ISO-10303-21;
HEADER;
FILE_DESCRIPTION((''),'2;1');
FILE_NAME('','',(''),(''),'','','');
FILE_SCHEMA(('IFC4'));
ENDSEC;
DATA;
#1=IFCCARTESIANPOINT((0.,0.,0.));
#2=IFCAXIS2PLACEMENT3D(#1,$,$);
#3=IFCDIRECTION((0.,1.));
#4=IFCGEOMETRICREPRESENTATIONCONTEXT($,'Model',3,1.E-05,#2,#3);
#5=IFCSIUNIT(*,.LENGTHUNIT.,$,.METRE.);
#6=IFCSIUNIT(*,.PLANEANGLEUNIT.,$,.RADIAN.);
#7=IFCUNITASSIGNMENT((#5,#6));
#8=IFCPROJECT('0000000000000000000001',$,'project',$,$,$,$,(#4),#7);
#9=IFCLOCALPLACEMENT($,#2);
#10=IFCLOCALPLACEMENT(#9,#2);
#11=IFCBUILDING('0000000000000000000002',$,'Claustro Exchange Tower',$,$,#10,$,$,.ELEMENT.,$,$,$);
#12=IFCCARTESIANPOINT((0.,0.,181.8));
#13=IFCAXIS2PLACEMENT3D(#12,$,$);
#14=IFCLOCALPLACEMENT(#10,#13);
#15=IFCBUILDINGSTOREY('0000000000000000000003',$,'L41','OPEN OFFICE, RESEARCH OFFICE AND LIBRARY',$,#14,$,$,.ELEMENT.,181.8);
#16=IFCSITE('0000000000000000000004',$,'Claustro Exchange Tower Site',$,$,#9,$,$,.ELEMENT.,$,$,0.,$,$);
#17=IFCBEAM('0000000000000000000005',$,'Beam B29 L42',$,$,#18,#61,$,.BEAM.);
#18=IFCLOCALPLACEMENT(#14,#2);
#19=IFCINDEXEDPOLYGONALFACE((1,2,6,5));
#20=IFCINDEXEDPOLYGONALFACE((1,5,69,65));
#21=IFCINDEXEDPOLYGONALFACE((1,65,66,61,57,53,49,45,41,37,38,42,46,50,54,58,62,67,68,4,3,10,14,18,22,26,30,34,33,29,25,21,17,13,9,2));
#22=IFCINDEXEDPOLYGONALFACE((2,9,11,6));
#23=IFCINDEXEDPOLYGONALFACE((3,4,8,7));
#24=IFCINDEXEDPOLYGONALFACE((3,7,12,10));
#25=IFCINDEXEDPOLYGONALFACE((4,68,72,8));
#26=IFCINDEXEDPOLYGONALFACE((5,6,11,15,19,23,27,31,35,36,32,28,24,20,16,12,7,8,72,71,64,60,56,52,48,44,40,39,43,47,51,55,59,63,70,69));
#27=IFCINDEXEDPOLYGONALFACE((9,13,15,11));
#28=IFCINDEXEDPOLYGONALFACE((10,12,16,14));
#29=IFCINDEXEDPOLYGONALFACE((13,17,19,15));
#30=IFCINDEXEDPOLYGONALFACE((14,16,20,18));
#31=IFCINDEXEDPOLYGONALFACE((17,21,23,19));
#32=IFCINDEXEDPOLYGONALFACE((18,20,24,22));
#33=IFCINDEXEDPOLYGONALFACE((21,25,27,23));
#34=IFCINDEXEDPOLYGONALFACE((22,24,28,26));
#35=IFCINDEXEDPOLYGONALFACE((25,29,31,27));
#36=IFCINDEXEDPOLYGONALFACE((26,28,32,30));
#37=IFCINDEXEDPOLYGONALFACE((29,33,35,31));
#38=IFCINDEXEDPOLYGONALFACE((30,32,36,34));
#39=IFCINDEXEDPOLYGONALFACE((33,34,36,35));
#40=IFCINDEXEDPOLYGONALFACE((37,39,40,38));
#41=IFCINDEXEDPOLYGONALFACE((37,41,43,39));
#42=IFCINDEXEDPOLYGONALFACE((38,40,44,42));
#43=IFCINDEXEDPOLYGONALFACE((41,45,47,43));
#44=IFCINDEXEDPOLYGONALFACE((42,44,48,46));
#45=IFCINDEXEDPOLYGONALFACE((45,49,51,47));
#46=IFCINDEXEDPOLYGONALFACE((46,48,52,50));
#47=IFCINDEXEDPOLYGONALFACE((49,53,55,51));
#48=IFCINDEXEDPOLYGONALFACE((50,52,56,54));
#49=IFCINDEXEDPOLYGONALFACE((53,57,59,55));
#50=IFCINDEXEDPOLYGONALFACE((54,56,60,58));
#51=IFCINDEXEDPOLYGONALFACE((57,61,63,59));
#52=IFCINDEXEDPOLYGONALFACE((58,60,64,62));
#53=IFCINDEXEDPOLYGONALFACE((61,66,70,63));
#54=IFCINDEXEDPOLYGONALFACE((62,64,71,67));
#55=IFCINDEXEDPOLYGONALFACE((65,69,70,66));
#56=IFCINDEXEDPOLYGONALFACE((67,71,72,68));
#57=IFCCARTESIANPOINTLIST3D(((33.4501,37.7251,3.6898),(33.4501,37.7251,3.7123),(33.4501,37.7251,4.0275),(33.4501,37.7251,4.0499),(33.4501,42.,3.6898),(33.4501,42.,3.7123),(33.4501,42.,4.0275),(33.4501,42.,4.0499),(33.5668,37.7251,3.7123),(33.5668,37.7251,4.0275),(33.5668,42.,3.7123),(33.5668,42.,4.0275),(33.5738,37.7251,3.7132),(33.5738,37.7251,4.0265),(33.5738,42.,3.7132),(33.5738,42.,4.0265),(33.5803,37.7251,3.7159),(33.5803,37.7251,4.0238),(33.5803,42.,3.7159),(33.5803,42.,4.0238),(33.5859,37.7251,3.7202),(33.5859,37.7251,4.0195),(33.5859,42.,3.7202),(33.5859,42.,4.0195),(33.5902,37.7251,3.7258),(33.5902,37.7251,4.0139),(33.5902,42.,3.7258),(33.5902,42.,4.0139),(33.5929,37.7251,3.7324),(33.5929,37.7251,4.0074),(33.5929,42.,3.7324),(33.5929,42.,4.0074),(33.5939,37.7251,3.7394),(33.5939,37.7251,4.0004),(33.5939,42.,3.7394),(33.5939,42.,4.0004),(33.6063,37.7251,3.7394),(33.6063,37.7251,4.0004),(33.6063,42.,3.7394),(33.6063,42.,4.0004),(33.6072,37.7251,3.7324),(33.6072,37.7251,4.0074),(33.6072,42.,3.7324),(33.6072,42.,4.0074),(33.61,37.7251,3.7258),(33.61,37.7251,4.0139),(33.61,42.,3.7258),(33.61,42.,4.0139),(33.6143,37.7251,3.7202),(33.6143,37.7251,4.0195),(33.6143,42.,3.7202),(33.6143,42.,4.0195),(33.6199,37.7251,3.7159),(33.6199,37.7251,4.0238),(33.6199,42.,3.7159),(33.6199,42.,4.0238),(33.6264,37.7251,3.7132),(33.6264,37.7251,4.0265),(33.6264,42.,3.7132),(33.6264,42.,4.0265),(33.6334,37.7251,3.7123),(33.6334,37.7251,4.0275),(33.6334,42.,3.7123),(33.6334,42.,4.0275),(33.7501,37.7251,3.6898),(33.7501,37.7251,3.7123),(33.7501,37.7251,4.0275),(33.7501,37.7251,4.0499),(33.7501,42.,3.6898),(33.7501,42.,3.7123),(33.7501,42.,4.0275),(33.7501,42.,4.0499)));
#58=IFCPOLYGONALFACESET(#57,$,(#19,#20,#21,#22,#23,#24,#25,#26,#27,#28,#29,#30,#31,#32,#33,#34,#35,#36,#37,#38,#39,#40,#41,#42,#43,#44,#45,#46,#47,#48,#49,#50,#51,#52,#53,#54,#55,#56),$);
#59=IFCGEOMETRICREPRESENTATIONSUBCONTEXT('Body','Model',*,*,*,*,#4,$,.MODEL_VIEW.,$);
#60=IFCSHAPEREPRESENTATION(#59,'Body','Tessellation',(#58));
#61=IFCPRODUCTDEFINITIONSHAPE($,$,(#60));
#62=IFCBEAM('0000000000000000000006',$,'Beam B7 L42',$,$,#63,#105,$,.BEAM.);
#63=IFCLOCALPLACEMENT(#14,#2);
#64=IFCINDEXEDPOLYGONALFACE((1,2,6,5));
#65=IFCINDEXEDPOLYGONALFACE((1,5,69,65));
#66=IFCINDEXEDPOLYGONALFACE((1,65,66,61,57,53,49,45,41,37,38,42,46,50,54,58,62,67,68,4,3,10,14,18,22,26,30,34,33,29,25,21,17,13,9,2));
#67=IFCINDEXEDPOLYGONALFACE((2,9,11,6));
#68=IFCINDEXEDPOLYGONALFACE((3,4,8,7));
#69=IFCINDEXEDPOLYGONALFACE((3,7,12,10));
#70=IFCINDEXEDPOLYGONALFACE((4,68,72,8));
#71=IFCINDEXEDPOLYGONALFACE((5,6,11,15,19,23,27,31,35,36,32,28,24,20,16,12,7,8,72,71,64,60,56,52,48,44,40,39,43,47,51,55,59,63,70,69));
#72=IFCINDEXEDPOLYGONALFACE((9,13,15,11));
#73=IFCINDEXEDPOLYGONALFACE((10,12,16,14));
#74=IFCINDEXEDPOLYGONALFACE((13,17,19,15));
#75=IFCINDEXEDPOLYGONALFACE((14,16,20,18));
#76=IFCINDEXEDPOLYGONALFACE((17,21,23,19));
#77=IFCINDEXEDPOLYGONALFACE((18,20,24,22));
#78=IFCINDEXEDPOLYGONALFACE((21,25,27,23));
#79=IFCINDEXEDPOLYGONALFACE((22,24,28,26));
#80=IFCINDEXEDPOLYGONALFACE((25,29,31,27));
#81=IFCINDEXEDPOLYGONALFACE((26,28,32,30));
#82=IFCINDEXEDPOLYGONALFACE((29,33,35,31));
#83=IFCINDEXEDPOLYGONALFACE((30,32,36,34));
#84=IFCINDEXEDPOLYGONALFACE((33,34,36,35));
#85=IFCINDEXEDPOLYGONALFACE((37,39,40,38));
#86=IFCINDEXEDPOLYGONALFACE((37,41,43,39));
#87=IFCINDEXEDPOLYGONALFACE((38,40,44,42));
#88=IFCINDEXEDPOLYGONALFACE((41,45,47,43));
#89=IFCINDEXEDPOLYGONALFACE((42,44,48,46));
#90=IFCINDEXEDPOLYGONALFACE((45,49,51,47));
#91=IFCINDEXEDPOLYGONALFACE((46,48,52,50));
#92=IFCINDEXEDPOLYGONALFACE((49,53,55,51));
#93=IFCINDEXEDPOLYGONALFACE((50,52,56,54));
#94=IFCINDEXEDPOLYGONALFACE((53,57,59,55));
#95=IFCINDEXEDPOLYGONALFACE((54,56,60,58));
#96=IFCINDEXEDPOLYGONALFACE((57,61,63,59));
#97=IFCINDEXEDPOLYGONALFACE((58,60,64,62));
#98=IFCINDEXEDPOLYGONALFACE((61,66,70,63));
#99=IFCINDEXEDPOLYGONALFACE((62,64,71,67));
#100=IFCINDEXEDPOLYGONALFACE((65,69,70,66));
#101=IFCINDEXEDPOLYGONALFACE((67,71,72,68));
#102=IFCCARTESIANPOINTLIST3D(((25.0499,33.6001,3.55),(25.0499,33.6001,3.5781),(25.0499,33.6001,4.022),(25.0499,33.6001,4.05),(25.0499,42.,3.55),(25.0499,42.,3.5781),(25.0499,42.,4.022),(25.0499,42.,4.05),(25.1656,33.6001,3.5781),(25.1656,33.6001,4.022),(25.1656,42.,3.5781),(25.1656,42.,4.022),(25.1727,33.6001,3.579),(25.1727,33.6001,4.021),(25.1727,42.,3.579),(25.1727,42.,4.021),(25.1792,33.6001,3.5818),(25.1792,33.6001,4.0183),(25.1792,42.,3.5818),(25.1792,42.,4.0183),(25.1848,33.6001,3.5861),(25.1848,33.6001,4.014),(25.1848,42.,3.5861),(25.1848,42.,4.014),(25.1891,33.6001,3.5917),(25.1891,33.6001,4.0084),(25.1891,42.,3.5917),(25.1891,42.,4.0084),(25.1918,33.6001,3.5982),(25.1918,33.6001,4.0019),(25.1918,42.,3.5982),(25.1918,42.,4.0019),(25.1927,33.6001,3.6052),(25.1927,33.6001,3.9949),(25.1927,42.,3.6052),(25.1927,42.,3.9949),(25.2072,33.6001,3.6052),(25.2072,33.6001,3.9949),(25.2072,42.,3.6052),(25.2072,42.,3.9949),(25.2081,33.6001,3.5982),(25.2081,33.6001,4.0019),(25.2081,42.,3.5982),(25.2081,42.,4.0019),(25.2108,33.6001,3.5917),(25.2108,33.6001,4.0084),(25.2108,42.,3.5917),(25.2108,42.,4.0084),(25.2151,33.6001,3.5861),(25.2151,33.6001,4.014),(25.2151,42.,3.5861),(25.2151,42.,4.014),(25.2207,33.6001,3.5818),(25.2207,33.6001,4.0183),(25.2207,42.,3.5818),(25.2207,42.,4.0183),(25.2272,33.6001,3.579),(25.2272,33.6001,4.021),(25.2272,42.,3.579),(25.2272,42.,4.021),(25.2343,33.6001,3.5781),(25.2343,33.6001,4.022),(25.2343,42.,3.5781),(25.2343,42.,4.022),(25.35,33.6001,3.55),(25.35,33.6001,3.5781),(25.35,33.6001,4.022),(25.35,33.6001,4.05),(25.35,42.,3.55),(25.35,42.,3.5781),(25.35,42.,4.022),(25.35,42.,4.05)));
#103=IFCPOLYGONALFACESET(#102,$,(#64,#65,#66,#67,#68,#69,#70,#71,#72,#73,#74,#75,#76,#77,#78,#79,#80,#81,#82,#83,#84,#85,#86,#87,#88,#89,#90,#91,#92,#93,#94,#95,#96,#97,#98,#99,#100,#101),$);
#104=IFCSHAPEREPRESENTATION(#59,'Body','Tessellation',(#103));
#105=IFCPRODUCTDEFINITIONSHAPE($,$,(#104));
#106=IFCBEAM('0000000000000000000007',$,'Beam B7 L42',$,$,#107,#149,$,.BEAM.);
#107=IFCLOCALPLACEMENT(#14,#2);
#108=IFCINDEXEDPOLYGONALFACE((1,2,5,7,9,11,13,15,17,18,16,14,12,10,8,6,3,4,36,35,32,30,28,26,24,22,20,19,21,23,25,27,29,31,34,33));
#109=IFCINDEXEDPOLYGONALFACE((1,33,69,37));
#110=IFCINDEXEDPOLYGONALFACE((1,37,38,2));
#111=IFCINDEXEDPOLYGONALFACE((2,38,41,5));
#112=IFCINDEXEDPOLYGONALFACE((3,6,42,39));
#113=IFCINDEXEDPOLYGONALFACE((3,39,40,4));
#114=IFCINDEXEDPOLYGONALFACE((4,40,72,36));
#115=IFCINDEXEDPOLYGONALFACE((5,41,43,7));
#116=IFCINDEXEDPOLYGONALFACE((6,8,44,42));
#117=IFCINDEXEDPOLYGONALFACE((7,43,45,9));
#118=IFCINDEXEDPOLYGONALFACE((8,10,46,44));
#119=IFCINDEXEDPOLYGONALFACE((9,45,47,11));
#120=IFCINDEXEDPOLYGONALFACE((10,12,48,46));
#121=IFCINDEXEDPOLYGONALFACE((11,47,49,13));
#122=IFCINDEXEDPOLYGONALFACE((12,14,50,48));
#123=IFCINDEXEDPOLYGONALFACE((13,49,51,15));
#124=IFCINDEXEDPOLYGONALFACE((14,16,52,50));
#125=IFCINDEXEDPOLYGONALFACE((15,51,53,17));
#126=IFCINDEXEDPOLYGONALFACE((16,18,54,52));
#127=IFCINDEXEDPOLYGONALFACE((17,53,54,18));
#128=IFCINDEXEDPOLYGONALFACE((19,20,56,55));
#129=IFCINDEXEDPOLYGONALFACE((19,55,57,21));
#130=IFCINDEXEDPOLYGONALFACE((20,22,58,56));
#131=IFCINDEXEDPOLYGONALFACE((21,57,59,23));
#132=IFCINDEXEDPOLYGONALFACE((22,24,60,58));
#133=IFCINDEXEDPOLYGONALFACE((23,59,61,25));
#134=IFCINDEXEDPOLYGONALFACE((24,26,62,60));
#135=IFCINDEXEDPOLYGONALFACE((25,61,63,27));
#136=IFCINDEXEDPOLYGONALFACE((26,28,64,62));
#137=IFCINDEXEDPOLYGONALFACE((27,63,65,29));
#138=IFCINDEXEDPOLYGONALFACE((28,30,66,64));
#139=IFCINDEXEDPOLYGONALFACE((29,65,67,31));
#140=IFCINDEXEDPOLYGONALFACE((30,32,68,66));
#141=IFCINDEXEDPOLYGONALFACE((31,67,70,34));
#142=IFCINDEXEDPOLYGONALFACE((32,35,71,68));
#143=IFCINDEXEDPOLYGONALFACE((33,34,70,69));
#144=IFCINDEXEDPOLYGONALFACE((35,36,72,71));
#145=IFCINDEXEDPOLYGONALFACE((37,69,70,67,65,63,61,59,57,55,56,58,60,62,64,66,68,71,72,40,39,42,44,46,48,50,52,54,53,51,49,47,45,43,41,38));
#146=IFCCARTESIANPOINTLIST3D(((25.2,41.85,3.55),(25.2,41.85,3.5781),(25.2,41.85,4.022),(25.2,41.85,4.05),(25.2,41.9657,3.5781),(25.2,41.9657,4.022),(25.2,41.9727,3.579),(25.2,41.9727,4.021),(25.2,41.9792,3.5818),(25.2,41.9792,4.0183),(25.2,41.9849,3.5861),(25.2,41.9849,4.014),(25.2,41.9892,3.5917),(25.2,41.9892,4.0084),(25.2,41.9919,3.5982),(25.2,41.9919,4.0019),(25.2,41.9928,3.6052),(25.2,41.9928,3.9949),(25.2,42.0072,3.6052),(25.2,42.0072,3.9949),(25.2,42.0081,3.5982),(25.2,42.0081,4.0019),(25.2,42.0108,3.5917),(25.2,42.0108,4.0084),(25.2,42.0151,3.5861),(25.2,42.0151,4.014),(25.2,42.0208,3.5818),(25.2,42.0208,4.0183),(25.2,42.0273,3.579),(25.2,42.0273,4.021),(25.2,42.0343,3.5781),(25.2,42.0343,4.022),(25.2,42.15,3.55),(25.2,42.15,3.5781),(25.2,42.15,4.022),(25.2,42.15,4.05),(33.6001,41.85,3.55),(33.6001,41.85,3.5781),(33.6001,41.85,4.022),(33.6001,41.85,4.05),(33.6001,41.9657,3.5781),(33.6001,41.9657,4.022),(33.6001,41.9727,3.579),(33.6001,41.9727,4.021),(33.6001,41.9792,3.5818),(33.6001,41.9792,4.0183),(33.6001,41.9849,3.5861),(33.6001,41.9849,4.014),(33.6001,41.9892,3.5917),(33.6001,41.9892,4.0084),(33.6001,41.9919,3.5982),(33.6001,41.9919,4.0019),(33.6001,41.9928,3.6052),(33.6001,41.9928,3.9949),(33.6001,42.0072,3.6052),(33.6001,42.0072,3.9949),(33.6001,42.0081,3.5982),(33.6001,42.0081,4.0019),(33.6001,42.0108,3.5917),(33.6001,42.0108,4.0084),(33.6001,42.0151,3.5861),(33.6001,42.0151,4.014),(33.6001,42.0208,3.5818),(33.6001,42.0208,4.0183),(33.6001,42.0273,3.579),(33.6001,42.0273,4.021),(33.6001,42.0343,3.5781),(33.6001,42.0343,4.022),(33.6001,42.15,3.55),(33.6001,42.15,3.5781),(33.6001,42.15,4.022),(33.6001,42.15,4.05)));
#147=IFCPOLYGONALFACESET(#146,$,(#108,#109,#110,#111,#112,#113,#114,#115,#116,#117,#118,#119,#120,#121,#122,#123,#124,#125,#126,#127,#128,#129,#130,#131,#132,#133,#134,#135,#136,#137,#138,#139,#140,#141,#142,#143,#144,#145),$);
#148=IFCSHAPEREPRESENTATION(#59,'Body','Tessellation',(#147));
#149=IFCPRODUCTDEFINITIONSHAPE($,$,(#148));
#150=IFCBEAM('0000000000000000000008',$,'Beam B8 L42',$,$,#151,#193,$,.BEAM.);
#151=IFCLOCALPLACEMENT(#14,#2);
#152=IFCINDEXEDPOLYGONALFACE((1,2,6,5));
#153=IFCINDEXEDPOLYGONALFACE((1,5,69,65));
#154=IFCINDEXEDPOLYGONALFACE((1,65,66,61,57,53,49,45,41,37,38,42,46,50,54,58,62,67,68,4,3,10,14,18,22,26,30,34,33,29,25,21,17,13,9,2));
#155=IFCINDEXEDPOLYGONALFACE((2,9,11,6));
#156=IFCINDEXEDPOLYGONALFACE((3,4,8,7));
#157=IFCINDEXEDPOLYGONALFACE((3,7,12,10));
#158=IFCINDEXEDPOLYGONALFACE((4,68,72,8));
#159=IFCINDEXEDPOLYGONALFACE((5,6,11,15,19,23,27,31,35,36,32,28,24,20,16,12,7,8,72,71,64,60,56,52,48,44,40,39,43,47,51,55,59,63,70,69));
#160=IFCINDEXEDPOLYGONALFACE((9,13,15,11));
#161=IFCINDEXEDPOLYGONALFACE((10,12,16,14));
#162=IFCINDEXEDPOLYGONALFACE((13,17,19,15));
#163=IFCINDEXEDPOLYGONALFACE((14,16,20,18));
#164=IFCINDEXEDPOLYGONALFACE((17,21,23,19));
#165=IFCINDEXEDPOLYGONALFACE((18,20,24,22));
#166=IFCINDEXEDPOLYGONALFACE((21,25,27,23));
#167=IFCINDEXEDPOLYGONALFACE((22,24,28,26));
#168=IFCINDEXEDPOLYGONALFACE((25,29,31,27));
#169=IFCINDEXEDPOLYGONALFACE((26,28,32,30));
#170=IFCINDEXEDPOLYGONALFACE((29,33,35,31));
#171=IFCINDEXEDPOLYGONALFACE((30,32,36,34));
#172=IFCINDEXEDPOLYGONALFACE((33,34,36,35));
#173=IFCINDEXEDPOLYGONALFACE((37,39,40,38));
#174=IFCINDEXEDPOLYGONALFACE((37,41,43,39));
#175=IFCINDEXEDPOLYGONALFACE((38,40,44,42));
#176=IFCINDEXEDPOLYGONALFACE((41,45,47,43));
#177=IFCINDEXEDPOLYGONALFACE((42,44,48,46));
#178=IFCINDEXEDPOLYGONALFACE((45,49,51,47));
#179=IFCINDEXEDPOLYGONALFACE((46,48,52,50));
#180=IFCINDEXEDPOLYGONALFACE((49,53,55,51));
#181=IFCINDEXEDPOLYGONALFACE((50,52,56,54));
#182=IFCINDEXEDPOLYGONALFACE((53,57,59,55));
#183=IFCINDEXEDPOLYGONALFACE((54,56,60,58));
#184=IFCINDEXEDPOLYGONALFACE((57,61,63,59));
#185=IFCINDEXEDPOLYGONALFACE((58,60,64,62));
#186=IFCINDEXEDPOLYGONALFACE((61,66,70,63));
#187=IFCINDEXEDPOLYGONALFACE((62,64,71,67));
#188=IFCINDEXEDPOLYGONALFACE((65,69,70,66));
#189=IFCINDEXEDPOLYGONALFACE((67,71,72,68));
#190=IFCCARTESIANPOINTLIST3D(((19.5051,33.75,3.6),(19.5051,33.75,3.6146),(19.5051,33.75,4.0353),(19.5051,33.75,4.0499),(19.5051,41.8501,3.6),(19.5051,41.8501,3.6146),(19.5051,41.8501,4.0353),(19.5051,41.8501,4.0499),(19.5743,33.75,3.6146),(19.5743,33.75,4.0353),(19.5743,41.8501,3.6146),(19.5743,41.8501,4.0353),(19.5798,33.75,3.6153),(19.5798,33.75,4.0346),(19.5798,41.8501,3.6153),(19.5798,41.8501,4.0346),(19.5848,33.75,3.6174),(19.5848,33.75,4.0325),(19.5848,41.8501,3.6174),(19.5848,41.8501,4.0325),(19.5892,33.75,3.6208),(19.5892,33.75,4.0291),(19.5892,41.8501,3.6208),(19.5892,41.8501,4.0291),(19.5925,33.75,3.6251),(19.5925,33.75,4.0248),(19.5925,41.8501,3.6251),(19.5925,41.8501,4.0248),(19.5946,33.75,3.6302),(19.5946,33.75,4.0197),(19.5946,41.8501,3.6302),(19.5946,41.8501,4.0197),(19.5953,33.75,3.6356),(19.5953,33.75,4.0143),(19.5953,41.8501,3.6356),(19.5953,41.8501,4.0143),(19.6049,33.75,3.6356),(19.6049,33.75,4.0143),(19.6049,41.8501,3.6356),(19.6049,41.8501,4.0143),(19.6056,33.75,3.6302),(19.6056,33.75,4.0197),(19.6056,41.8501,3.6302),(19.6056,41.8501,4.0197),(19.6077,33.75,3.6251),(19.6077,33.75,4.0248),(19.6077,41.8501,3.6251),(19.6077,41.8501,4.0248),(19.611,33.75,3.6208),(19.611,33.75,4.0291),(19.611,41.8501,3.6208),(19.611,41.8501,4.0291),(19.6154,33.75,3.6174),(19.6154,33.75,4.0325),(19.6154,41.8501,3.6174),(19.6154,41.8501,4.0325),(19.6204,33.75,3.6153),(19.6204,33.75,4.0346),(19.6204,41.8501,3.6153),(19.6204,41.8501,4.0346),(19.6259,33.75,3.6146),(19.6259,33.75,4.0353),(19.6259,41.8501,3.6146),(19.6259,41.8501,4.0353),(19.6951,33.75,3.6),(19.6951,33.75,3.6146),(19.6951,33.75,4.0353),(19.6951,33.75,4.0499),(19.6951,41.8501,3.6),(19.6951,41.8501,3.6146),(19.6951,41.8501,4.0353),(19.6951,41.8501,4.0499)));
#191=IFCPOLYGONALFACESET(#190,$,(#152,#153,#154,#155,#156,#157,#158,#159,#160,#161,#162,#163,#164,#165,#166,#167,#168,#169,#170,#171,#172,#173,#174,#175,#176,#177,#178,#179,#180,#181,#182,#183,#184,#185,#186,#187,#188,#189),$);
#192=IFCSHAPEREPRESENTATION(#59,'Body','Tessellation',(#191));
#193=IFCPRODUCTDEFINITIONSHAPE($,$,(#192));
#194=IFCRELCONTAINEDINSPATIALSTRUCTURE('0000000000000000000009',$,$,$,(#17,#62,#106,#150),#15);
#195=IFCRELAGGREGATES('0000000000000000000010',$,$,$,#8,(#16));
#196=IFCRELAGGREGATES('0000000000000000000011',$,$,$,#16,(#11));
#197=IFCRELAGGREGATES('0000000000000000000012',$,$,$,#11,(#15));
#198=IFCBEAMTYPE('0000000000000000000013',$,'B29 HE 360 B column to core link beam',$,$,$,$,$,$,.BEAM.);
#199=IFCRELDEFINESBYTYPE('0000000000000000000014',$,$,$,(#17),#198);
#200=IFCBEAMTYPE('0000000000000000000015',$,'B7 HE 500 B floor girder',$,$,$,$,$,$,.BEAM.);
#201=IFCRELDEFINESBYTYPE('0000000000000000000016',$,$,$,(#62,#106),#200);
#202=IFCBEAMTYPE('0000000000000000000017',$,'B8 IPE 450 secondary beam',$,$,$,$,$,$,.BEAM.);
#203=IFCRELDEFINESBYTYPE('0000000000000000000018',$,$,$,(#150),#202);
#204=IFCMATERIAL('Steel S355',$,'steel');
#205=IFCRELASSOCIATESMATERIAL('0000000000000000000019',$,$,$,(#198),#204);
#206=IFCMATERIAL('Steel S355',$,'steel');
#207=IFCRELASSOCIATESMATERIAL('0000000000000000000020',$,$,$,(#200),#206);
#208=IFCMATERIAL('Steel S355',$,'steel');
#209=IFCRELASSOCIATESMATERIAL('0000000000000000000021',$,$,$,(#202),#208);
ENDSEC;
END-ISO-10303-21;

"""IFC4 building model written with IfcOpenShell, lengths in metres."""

from ifc_helpers import new_model, si_unit, direction, frame, origin, origin_2d, place, context, subcontext, project, spatial, i_section, extrude, material, material_profile, profile_set, type_object, element, save


model = new_model("IFC4")

# Units and contexts
model_context = context("Model", 3, precision=1e-05, world=origin(), true_north=direction((0.0, 1.0)))
body_context = subcontext(model_context, "Body", "Model", "MODEL_VIEW")
ifc_project = project(units=[si_unit("LENGTHUNIT", "METRE"), si_unit("PLANEANGLEUNIT", "RADIAN")], contexts=[model_context])

# Site, building, storey
site_placement = place(None, origin())
site = spatial("IfcSite", under=ifc_project, at=site_placement, Name="Claustro Exchange Tower Site", CompositionType="ELEMENT", RefElevation=0.0)
building_placement = place(site_placement, origin())
building = spatial("IfcBuilding", under=site, at=building_placement, Name="Claustro Exchange Tower", CompositionType="ELEMENT")
storey_placement = place(building_placement, frame((0.0, 0.0, 181.8)))
storey = spatial("IfcBuildingStorey", under=building, at=storey_placement, Name="L41", Description="OPEN OFFICE, RESEARCH OFFICE AND LIBRARY", CompositionType="ELEMENT", Elevation=181.8)

# Beams
ifc_material_1 = material(Name="Steel S355", Category="steel")
ifc_material_profile_1 = material_profile(ifc_material_1, i_section(OverallWidth=0.3, OverallDepth=0.3601, WebThickness=0.0125, FlangeThickness=0.0225, FilletRadius=0.0271, at=origin_2d()), Name="HE 360 B")
ifc_profile_set_1 = profile_set([ifc_material_profile_1], Name="Steel S355")
beam_type_1 = type_object("IfcBeamType", Name="B29 HE 360 B column to core link beam", PredefinedType="BEAM", material=ifc_profile_set_1)
beam_1_placement = place(storey_placement, frame((33.6001, 37.7251, 3.8699), z_axis=(0.0, 1.0, 0.0), x_axis=(-1.0, 0.0, 0.0)))
element("IfcBeam", 1, at=beam_1_placement, inside=storey, type_object=beam_type_1, Name="Beam B29 L42", PredefinedType="BEAM", context=body_context, shape_type="SweptSolid", body=[
    extrude(i_section(OverallWidth=0.3, OverallDepth=0.3601, WebThickness=0.0125, FlangeThickness=0.0225, FilletRadius=0.0271, at=origin_2d()), origin(), (0.0, 0.0, 1.0), 4.2749),
])
ifc_material_2 = material(Name="Steel S355", Category="steel")
ifc_material_profile_2 = material_profile(ifc_material_2, i_section(OverallWidth=0.3, OverallDepth=0.5, WebThickness=0.0144, FlangeThickness=0.0281, FilletRadius=0.0271, at=origin_2d()), Name="HE 500 B")
ifc_profile_set_2 = profile_set([ifc_material_profile_2], Name="Steel S355")
beam_type_2 = type_object("IfcBeamType", Name="B7 HE 500 B floor girder", PredefinedType="BEAM", material=ifc_profile_set_2)
beam_2_placement = place(storey_placement, frame((25.2, 33.6001, 3.8), z_axis=(0.0, 1.0, 0.0), x_axis=(-1.0, 0.0, 0.0)))
element("IfcBeam", 2, at=beam_2_placement, inside=storey, type_object=beam_type_2, Name="Beam B7 L42", PredefinedType="BEAM", context=body_context, shape_type="SweptSolid", body=[
    extrude(i_section(OverallWidth=0.3, OverallDepth=0.5, WebThickness=0.0144, FlangeThickness=0.0281, FilletRadius=0.0271, at=origin_2d()), origin(), (0.0, 0.0, 1.0), 8.3999),
])
beam_3_placement = place(storey_placement, frame((25.2, 42.0, 3.8), z_axis=(1.0, 0.0, 0.0), x_axis=(0.0, 1.0, 0.0)))
element("IfcBeam", 3, at=beam_3_placement, inside=storey, type_object=beam_type_2, Name="Beam B7 L42", PredefinedType="BEAM", context=body_context, shape_type="SweptSolid", body=[
    extrude(i_section(OverallWidth=0.3, OverallDepth=0.5, WebThickness=0.0144, FlangeThickness=0.0281, FilletRadius=0.0271, at=origin_2d()), origin(), (0.0, 0.0, 1.0), 8.4001),
])
ifc_material_3 = material(Name="Steel S355", Category="steel")
ifc_material_profile_3 = material_profile(ifc_material_3, i_section(OverallWidth=0.1899, OverallDepth=0.45, WebThickness=0.0095, FlangeThickness=0.0146, FilletRadius=0.021, at=origin_2d()), Name="IPE 450")
ifc_profile_set_3 = profile_set([ifc_material_profile_3], Name="Steel S355")
beam_type_3 = type_object("IfcBeamType", Name="B8 IPE 450 secondary beam", PredefinedType="BEAM", material=ifc_profile_set_3)
for number, where, z_axis, x_axis, name in (
    (4, (19.6001, 33.75, 3.825), (0.0, 1.0, 0.0), (-1.0, 0.0, 0.0), "Beam B8 L42"),
):
    element("IfcBeam", number, at=place(storey_placement, frame(where, z_axis=z_axis, x_axis=x_axis)), inside=storey, type_object=beam_type_3, Name=name, PredefinedType="BEAM", context=body_context, shape_type="SweptSolid", body=[
        extrude(i_section(OverallWidth=0.1899, OverallDepth=0.45, WebThickness=0.0095, FlangeThickness=0.0146, FilletRadius=0.021, at=origin_2d()), origin(), (0.0, 0.0, 1.0), 8.1001),
    ])

save(model, "model.ifc")
